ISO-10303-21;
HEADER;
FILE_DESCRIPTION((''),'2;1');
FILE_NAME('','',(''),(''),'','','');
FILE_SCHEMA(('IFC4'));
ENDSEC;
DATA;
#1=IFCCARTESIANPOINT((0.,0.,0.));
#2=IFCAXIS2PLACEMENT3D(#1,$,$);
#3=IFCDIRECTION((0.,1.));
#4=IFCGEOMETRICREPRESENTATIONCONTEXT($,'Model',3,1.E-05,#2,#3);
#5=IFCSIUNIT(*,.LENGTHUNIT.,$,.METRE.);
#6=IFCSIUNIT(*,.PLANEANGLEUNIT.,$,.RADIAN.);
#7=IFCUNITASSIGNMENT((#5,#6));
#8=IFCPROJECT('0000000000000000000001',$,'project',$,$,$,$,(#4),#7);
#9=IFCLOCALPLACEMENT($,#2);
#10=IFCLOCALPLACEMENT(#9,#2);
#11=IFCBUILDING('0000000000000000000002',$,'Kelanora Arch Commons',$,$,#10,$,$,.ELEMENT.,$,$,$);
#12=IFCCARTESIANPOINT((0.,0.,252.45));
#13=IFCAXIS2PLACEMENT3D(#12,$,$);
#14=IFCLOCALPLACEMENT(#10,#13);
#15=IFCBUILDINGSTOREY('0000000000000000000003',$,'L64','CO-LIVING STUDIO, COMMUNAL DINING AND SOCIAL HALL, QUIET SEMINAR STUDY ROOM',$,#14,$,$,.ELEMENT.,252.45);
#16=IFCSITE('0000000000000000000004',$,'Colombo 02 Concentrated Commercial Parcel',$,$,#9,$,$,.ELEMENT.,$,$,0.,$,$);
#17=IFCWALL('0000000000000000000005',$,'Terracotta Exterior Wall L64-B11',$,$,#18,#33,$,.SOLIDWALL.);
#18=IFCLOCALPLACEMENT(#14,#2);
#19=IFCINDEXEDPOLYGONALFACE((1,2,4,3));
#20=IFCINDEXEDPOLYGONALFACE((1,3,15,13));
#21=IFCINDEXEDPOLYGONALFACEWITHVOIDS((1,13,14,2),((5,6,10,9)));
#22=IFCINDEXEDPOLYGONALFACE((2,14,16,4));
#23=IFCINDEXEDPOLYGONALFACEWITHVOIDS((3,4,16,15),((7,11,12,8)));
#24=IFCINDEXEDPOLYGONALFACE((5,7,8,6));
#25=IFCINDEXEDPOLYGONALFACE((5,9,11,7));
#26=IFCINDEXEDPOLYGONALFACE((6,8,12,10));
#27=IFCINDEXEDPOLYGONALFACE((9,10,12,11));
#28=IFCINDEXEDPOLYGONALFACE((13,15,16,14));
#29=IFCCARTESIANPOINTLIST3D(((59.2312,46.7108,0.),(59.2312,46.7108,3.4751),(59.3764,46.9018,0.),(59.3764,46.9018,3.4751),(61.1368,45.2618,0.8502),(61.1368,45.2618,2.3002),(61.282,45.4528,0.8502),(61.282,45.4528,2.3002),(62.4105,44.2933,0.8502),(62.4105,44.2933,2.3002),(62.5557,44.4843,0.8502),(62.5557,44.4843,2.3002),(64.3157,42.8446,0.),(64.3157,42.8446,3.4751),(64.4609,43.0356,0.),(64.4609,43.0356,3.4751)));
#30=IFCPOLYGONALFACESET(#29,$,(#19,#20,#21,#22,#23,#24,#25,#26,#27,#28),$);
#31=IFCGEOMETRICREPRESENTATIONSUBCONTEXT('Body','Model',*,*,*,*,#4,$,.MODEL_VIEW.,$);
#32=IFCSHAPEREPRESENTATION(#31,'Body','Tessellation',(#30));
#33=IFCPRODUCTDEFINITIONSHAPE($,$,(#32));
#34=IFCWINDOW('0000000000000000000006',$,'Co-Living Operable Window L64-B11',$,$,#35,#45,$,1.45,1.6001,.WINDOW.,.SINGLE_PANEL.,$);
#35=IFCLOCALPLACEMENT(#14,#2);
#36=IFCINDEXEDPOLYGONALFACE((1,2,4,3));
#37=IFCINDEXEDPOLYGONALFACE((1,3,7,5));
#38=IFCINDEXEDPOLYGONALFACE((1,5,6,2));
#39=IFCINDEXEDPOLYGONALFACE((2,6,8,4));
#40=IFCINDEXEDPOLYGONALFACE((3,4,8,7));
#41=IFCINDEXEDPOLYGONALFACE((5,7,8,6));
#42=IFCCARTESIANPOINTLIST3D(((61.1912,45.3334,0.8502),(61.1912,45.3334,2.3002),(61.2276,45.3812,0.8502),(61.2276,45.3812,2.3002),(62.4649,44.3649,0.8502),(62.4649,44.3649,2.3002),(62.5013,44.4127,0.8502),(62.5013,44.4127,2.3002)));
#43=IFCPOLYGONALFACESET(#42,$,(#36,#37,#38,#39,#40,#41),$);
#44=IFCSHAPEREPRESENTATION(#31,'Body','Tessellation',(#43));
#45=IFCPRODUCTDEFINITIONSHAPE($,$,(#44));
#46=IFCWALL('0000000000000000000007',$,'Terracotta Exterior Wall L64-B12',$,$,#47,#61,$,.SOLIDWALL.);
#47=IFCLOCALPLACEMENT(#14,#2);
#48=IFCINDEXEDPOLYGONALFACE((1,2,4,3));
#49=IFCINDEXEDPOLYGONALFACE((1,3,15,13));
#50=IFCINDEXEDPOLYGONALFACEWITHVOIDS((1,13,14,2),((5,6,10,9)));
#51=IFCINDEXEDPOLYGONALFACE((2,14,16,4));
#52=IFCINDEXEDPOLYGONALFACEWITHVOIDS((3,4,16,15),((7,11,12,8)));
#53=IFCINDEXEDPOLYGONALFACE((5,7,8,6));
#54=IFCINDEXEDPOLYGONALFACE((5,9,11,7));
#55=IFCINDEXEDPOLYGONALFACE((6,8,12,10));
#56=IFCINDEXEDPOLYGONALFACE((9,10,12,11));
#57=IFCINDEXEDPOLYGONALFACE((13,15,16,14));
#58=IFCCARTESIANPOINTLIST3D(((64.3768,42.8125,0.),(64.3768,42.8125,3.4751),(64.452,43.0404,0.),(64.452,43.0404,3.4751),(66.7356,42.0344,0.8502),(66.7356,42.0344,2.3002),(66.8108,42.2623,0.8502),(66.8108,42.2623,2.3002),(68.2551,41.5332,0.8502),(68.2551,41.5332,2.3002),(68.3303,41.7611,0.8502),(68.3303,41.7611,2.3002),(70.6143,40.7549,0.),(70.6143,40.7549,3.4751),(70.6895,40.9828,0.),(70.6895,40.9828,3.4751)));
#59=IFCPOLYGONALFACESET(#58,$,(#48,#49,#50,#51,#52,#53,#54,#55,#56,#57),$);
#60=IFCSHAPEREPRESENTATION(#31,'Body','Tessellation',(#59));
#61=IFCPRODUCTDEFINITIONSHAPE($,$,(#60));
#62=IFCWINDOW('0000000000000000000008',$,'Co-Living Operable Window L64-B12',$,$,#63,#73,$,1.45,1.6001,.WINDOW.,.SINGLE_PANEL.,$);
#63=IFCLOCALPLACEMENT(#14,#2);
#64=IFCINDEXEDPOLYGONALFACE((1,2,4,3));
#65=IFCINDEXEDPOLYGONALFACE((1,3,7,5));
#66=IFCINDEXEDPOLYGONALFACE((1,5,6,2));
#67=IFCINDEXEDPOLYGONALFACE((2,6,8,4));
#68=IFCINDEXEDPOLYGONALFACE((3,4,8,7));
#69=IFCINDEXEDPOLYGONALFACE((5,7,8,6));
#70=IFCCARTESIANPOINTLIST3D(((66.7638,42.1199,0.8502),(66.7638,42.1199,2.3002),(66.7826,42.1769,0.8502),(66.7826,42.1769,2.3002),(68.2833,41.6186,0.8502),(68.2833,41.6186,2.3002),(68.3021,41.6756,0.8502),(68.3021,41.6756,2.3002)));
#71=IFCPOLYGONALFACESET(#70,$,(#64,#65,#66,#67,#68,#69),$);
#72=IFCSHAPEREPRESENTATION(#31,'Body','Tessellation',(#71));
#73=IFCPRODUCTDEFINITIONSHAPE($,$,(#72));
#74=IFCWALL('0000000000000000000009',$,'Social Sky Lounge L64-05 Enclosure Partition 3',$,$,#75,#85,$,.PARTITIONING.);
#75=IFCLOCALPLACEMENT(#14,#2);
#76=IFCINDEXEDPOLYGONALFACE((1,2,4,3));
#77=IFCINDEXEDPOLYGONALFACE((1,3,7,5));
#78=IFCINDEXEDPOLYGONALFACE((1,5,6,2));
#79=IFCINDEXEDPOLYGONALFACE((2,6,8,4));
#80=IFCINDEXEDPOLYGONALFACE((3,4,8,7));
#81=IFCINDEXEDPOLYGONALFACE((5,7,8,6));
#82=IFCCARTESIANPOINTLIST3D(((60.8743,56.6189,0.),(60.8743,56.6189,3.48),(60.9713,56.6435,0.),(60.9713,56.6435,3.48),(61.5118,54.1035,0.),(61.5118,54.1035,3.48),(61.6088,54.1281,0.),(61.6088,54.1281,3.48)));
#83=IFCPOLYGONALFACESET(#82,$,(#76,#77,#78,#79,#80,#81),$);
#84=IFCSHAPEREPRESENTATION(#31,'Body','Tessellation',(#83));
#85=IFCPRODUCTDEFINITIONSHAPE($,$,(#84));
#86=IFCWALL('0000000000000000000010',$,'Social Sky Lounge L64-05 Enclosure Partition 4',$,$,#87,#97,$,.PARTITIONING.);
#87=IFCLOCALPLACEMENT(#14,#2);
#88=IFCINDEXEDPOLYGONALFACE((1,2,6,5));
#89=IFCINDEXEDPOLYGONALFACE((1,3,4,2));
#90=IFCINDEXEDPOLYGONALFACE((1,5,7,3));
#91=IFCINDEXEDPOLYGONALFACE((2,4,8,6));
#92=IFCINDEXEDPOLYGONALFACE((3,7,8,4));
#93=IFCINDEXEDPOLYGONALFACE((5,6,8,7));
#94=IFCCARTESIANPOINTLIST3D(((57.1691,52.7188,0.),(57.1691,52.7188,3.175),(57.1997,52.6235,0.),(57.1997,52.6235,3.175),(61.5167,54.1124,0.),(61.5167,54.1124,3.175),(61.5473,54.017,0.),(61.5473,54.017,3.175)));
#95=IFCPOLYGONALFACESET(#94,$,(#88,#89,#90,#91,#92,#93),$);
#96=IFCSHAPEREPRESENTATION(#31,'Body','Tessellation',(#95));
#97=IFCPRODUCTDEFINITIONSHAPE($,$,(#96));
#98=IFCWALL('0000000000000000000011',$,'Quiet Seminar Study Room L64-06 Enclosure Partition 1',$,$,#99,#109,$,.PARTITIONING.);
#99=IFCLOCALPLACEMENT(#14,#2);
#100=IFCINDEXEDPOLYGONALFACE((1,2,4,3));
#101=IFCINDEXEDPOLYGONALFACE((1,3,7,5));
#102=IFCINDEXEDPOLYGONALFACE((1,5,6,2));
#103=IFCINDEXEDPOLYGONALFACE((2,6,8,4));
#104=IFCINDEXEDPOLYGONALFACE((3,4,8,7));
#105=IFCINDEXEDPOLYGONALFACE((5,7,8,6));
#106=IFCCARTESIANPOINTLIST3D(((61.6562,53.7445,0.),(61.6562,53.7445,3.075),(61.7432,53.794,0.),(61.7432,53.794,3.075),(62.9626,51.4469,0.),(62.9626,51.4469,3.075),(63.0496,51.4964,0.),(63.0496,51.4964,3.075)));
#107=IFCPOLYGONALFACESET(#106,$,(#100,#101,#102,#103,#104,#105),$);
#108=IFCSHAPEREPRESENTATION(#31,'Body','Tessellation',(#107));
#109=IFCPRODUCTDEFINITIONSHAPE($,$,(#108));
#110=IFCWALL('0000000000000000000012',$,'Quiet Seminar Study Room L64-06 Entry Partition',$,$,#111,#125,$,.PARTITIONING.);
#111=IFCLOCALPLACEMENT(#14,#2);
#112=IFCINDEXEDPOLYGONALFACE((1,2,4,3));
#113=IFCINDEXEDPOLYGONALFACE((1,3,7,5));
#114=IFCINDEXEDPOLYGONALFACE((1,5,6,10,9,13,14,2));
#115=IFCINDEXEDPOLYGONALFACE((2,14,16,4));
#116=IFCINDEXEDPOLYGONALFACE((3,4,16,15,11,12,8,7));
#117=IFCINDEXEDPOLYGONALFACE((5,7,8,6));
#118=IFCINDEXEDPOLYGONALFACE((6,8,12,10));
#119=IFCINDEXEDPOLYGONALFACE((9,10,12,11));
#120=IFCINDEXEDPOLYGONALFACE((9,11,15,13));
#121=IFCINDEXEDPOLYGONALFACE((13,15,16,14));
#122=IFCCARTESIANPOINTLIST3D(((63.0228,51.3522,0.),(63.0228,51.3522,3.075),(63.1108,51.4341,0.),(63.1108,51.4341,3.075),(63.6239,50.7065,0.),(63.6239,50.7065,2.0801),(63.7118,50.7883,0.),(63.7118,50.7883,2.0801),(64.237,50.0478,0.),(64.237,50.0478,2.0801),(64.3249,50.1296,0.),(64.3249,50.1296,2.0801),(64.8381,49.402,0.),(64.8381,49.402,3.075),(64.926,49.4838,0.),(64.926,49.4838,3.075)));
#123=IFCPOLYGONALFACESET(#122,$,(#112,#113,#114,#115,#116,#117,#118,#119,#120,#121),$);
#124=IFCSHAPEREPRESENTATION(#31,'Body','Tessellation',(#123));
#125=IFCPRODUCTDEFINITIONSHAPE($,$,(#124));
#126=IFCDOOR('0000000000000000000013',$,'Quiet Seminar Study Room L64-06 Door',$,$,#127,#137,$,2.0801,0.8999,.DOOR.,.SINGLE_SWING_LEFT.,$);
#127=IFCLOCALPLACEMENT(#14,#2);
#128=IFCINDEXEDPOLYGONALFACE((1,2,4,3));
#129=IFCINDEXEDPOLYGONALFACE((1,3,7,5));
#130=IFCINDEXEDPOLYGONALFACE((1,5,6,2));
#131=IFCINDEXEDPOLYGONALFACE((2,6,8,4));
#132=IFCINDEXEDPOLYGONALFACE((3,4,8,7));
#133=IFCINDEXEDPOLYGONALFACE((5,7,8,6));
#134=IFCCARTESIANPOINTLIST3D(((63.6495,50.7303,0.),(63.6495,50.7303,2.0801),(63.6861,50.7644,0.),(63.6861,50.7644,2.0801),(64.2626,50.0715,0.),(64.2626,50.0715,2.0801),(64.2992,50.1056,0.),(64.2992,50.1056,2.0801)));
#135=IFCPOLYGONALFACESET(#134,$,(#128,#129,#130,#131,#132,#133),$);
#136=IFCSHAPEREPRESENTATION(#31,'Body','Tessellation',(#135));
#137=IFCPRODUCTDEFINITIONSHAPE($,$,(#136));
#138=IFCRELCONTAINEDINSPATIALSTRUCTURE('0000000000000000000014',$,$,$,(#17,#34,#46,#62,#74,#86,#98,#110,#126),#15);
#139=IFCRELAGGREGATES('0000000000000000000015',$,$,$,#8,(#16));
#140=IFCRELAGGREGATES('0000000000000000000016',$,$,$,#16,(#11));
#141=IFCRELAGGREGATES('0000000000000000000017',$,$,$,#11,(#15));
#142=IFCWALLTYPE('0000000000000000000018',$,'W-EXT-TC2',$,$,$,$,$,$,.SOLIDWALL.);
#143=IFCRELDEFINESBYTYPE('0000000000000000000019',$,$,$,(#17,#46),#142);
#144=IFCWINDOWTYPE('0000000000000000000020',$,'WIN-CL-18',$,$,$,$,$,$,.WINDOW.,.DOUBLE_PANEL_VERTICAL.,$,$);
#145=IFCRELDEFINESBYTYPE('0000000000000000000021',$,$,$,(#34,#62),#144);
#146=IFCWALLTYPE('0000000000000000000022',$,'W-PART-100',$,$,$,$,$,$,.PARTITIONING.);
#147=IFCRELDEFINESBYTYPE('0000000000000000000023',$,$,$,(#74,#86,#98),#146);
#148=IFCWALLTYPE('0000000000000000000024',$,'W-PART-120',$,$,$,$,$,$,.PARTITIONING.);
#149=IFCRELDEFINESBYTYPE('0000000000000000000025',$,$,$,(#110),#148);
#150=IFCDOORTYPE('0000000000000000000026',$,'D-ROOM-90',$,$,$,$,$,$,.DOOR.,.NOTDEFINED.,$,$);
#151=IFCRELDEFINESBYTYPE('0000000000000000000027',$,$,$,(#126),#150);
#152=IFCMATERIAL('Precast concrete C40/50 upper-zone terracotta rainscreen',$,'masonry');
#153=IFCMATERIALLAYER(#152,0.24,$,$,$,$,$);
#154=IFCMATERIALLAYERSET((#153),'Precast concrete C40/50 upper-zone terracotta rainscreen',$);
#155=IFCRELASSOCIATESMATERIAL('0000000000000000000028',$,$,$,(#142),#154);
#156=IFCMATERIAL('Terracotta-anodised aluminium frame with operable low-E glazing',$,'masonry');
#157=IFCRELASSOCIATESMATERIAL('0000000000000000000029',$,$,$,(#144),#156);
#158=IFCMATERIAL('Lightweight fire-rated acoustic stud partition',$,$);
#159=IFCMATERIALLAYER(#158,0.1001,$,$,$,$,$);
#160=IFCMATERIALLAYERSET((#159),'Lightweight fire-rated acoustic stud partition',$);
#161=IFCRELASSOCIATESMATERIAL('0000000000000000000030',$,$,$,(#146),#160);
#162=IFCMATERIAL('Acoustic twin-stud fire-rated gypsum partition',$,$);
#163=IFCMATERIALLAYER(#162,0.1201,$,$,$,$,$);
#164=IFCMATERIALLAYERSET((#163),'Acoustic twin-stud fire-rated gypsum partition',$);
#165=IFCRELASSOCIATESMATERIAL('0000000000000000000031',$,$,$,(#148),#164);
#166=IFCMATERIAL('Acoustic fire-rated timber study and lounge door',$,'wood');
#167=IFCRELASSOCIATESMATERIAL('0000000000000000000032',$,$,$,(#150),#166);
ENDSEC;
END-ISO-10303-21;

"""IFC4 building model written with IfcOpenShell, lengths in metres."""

from ifc_helpers import new_model, si_unit, direction, frame, frame_2d, origin, place, context, subcontext, project, spatial, rectangle, extrude, material, layer, layer_set, type_object, element, fill, save


model = new_model("IFC4")

# Units and contexts
model_context = context("Model", 3, precision=1e-05, world=origin(), true_north=direction((0.0, 1.0)))
body_context = subcontext(model_context, "Body", "Model", "MODEL_VIEW")
ifc_project = project(units=[si_unit("LENGTHUNIT", "METRE"), si_unit("PLANEANGLEUNIT", "RADIAN")], contexts=[model_context])

# Site, building, storey
site_placement = place(None, origin())
site = spatial("IfcSite", under=ifc_project, at=site_placement, Name="Colombo 02 Concentrated Commercial Parcel", CompositionType="ELEMENT", RefElevation=0.0)
building_placement = place(site_placement, origin())
building = spatial("IfcBuilding", under=site, at=building_placement, Name="Kelanora Arch Commons", CompositionType="ELEMENT")
storey_placement = place(building_placement, frame((0.0, 0.0, 252.45)))
storey = spatial("IfcBuildingStorey", under=building, at=storey_placement, Name="L64", Description="CO-LIVING STUDIO, COMMUNAL DINING AND SOCIAL HALL, QUIET SEMINAR STUDY ROOM", CompositionType="ELEMENT", Elevation=252.45)

# Walls, openings, windows
ifc_material_1 = material(Name="Precast concrete C40/50 upper-zone terracotta rainscreen", Category="masonry")
ifc_layer_1 = layer(ifc_material_1, 0.24)
ifc_layer_set_1 = layer_set([ifc_layer_1], Name="Precast concrete C40/50 upper-zone terracotta rainscreen")
wall_type_1 = type_object("IfcWallType", Name="W-EXT-TC2", PredefinedType="SOLIDWALL", material=ifc_layer_set_1)
wall_1_placement = place(storey_placement, frame((59.3037, 46.8064, 0.0), z_axis=(0.0, 0.0, 1.0), x_axis=(0.79601, -0.605283, 0.0)))
wall_1 = element("IfcWall", 1, at=wall_1_placement, inside=storey, type_object=wall_type_1, Name="Terracotta Exterior Wall L64-B11", PredefinedType="SOLIDWALL", context=body_context, shape_type="SweptSolid", body=[
    extrude(rectangle(XDim=6.3875, YDim=0.24, at=frame_2d((3.1938, 0.0))), origin(), (0.0, 0.0, 1.0), 3.4751),
])
opening_1_placement = place(wall_1_placement, frame((2.394, 0.0, 0.8501)))
opening_1 = element("IfcOpeningElement", 2, at=opening_1_placement, cuts=wall_1, PredefinedType="OPENING", context=body_context, shape_type="SweptSolid", body=[
    extrude(rectangle(XDim=1.6001, YDim=1.45, at=frame_2d((0.8, 0.7251))), frame((0.0, 0.1299, 0.0), z_axis=(0.0, -1.0, 0.0), x_axis=(1.0, 0.0, 0.0)), (0.0, 0.0, 1.0), 0.26),
])
ifc_material_2 = material(Name="Terracotta-anodised aluminium frame with operable low-E glazing", Category="masonry")
window_type = type_object("IfcWindowType", Name="WIN-CL-18", PartitioningType="DOUBLE_PANEL_VERTICAL", PredefinedType="WINDOW", material=ifc_material_2)
window_1_placement = place(opening_1_placement, origin())
window_1 = element("IfcWindow", 3, at=window_1_placement, inside=storey, type_object=window_type, Name="Co-Living Operable Window L64-B11", OverallHeight=1.45, OverallWidth=1.6001, PartitioningType="SINGLE_PANEL", PredefinedType="WINDOW", context=body_context, shape_type="SweptSolid", body=[
    extrude(rectangle(XDim=1.6001, YDim=1.45, at=frame_2d((0.8, 0.7251))), frame((0.0, 0.03, 0.0), z_axis=(0.0, -1.0, 0.0), x_axis=(1.0, 0.0, 0.0)), (0.0, 0.0, 1.0), 0.0601),
])
fill(opening_1, window_1)
wall_2_placement = place(storey_placement, frame((64.4143, 42.9265, 0.0), z_axis=(0.0, 0.0, 1.0), x_axis=(0.949664, -0.313271, 0.0)))
wall_2 = element("IfcWall", 4, at=wall_2_placement, inside=storey, type_object=wall_type_1, Name="Terracotta Exterior Wall L64-B12", PredefinedType="SOLIDWALL", context=body_context, shape_type="SweptSolid", body=[
    extrude(rectangle(XDim=6.5681, YDim=0.24, at=frame_2d((3.2842, 0.0))), origin(), (0.0, 0.0, 1.0), 3.4751),
])
opening_2_placement = place(wall_2_placement, frame((2.4839, 0.0, 0.8501)))
opening_2 = element("IfcOpeningElement", 5, at=opening_2_placement, cuts=wall_2, PredefinedType="OPENING", context=body_context, shape_type="SweptSolid", body=[
    extrude(rectangle(XDim=1.6001, YDim=1.45, at=frame_2d((0.8, 0.7251))), frame((0.0, 0.1299, 0.0), z_axis=(0.0, -1.0, 0.0), x_axis=(1.0, 0.0, 0.0)), (0.0, 0.0, 1.0), 0.26),
])
window_2_placement = place(opening_2_placement, origin())
window_2 = element("IfcWindow", 6, at=window_2_placement, inside=storey, type_object=window_type, Name="Co-Living Operable Window L64-B12", OverallHeight=1.45, OverallWidth=1.6001, PartitioningType="SINGLE_PANEL", PredefinedType="WINDOW", context=body_context, shape_type="SweptSolid", body=[
    extrude(rectangle(XDim=1.6001, YDim=1.45, at=frame_2d((0.8, 0.7251))), frame((0.0, 0.03, 0.0), z_axis=(0.0, -1.0, 0.0), x_axis=(1.0, 0.0, 0.0)), (0.0, 0.0, 1.0), 0.0601),
])
fill(opening_2, window_2)

# Walls
ifc_material_3 = material(Name="Lightweight fire-rated acoustic stud partition")
ifc_layer_2 = layer(ifc_material_3, 0.1001)
ifc_layer_set_2 = layer_set([ifc_layer_2], Name="Lightweight fire-rated acoustic stud partition")
wall_type_2 = type_object("IfcWallType", Name="W-PART-100", PredefinedType="PARTITIONING", material=ifc_layer_set_2)
wall_3_placement = place(storey_placement, frame((60.9229, 56.6311, 0.0), z_axis=(0.0, 0.0, 1.0), x_axis=(0.245656, -0.969357, 0.0)))
element("IfcWall", 7, at=wall_3_placement, inside=storey, type_object=wall_type_2, Name="Social Sky Lounge L64-05 Enclosure Partition 3", PredefinedType="PARTITIONING", context=body_context, shape_type="SweptSolid", body=[
    extrude(rectangle(XDim=2.595, YDim=0.1001, at=frame_2d((1.2974, 0.0))), origin(), (0.0, 0.0, 1.0), 3.48),
])
wall_4_placement = place(storey_placement, frame((61.532, 54.0647, 0.0), z_axis=(0.0, 0.0, 1.0), x_axis=(-0.952278, -0.305234, 0.0)))
element("IfcWall", 8, at=wall_4_placement, inside=storey, type_object=wall_type_2, Name="Social Sky Lounge L64-05 Enclosure Partition 4", PredefinedType="PARTITIONING", context=body_context, shape_type="SweptSolid", body=[
    extrude(rectangle(XDim=4.5654, YDim=0.1001, at=frame_2d((2.2827, 0.0))), origin(), (0.0, 0.0, 1.0), 3.175),
])
wall_5_placement = place(storey_placement, frame((61.6997, 53.7693, 0.0), z_axis=(0.0, 0.0, 1.0), x_axis=(0.494278, -0.869304, 0.0)))
element("IfcWall", 9, at=wall_5_placement, inside=storey, type_object=wall_type_2, Name="Quiet Seminar Study Room L64-06 Enclosure Partition 1", PredefinedType="PARTITIONING", context=body_context, shape_type="SweptSolid", body=[
    extrude(rectangle(XDim=2.6431, YDim=0.1001, at=frame_2d((1.3215, 0.0))), origin(), (0.0, 0.0, 1.0), 3.075),
])

# Wall, opening, door
ifc_material_4 = material(Name="Acoustic twin-stud fire-rated gypsum partition")
ifc_layer_3 = layer(ifc_material_4, 0.1201)
ifc_layer_set_3 = layer_set([ifc_layer_3], Name="Acoustic twin-stud fire-rated gypsum partition")
wall_type_3 = type_object("IfcWallType", Name="W-PART-120", PredefinedType="PARTITIONING", material=ifc_layer_set_3)
wall_6_placement = place(storey_placement, frame((63.0669, 51.3931, 0.0), z_axis=(0.0, 0.0, 1.0), x_axis=(0.681315, -0.73199, 0.0)))
wall_6 = element("IfcWall", 10, at=wall_6_placement, inside=storey, type_object=wall_type_3, Name="Quiet Seminar Study Room L64-06 Entry Partition", PredefinedType="PARTITIONING", context=body_context, shape_type="SweptSolid", body=[
    extrude(rectangle(XDim=2.6643, YDim=0.1201, at=frame_2d((1.332, 0.0))), origin(), (0.0, 0.0, 1.0), 3.075),
])
opening_3_placement = place(wall_6_placement, frame((0.8821, 0.0, 0.0)))
opening_3 = element("IfcOpeningElement", 11, at=opening_3_placement, cuts=wall_6, PredefinedType="OPENING", context=body_context, shape_type="SweptSolid", body=[
    extrude(rectangle(XDim=0.8999, YDim=2.0801, at=frame_2d((0.45, 1.04))), frame((0.0, 0.0701, 0.0), z_axis=(0.0, -1.0, 0.0), x_axis=(1.0, 0.0, 0.0)), (0.0, 0.0, 1.0), 0.1401),
])
ifc_material_5 = material(Name="Acoustic fire-rated timber study and lounge door", Category="wood")
door_type = type_object("IfcDoorType", Name="D-ROOM-90", OperationType="NOTDEFINED", PredefinedType="DOOR", material=ifc_material_5)
door_placement = place(opening_3_placement, origin())
door = element("IfcDoor", 12, at=door_placement, inside=storey, type_object=door_type, Name="Quiet Seminar Study Room L64-06 Door", OperationType="SINGLE_SWING_LEFT", OverallHeight=2.0801, OverallWidth=0.8999, PredefinedType="DOOR", context=body_context, shape_type="SweptSolid", body=[
    extrude(rectangle(XDim=0.8999, YDim=2.0801, at=frame_2d((0.45, 1.04))), frame((0.0, 0.0249, 0.0), z_axis=(0.0, -1.0, 0.0), x_axis=(1.0, 0.0, 0.0)), (0.0, 0.0, 1.0), 0.05),
])
fill(opening_3, door)

save(model, "model.ifc")
